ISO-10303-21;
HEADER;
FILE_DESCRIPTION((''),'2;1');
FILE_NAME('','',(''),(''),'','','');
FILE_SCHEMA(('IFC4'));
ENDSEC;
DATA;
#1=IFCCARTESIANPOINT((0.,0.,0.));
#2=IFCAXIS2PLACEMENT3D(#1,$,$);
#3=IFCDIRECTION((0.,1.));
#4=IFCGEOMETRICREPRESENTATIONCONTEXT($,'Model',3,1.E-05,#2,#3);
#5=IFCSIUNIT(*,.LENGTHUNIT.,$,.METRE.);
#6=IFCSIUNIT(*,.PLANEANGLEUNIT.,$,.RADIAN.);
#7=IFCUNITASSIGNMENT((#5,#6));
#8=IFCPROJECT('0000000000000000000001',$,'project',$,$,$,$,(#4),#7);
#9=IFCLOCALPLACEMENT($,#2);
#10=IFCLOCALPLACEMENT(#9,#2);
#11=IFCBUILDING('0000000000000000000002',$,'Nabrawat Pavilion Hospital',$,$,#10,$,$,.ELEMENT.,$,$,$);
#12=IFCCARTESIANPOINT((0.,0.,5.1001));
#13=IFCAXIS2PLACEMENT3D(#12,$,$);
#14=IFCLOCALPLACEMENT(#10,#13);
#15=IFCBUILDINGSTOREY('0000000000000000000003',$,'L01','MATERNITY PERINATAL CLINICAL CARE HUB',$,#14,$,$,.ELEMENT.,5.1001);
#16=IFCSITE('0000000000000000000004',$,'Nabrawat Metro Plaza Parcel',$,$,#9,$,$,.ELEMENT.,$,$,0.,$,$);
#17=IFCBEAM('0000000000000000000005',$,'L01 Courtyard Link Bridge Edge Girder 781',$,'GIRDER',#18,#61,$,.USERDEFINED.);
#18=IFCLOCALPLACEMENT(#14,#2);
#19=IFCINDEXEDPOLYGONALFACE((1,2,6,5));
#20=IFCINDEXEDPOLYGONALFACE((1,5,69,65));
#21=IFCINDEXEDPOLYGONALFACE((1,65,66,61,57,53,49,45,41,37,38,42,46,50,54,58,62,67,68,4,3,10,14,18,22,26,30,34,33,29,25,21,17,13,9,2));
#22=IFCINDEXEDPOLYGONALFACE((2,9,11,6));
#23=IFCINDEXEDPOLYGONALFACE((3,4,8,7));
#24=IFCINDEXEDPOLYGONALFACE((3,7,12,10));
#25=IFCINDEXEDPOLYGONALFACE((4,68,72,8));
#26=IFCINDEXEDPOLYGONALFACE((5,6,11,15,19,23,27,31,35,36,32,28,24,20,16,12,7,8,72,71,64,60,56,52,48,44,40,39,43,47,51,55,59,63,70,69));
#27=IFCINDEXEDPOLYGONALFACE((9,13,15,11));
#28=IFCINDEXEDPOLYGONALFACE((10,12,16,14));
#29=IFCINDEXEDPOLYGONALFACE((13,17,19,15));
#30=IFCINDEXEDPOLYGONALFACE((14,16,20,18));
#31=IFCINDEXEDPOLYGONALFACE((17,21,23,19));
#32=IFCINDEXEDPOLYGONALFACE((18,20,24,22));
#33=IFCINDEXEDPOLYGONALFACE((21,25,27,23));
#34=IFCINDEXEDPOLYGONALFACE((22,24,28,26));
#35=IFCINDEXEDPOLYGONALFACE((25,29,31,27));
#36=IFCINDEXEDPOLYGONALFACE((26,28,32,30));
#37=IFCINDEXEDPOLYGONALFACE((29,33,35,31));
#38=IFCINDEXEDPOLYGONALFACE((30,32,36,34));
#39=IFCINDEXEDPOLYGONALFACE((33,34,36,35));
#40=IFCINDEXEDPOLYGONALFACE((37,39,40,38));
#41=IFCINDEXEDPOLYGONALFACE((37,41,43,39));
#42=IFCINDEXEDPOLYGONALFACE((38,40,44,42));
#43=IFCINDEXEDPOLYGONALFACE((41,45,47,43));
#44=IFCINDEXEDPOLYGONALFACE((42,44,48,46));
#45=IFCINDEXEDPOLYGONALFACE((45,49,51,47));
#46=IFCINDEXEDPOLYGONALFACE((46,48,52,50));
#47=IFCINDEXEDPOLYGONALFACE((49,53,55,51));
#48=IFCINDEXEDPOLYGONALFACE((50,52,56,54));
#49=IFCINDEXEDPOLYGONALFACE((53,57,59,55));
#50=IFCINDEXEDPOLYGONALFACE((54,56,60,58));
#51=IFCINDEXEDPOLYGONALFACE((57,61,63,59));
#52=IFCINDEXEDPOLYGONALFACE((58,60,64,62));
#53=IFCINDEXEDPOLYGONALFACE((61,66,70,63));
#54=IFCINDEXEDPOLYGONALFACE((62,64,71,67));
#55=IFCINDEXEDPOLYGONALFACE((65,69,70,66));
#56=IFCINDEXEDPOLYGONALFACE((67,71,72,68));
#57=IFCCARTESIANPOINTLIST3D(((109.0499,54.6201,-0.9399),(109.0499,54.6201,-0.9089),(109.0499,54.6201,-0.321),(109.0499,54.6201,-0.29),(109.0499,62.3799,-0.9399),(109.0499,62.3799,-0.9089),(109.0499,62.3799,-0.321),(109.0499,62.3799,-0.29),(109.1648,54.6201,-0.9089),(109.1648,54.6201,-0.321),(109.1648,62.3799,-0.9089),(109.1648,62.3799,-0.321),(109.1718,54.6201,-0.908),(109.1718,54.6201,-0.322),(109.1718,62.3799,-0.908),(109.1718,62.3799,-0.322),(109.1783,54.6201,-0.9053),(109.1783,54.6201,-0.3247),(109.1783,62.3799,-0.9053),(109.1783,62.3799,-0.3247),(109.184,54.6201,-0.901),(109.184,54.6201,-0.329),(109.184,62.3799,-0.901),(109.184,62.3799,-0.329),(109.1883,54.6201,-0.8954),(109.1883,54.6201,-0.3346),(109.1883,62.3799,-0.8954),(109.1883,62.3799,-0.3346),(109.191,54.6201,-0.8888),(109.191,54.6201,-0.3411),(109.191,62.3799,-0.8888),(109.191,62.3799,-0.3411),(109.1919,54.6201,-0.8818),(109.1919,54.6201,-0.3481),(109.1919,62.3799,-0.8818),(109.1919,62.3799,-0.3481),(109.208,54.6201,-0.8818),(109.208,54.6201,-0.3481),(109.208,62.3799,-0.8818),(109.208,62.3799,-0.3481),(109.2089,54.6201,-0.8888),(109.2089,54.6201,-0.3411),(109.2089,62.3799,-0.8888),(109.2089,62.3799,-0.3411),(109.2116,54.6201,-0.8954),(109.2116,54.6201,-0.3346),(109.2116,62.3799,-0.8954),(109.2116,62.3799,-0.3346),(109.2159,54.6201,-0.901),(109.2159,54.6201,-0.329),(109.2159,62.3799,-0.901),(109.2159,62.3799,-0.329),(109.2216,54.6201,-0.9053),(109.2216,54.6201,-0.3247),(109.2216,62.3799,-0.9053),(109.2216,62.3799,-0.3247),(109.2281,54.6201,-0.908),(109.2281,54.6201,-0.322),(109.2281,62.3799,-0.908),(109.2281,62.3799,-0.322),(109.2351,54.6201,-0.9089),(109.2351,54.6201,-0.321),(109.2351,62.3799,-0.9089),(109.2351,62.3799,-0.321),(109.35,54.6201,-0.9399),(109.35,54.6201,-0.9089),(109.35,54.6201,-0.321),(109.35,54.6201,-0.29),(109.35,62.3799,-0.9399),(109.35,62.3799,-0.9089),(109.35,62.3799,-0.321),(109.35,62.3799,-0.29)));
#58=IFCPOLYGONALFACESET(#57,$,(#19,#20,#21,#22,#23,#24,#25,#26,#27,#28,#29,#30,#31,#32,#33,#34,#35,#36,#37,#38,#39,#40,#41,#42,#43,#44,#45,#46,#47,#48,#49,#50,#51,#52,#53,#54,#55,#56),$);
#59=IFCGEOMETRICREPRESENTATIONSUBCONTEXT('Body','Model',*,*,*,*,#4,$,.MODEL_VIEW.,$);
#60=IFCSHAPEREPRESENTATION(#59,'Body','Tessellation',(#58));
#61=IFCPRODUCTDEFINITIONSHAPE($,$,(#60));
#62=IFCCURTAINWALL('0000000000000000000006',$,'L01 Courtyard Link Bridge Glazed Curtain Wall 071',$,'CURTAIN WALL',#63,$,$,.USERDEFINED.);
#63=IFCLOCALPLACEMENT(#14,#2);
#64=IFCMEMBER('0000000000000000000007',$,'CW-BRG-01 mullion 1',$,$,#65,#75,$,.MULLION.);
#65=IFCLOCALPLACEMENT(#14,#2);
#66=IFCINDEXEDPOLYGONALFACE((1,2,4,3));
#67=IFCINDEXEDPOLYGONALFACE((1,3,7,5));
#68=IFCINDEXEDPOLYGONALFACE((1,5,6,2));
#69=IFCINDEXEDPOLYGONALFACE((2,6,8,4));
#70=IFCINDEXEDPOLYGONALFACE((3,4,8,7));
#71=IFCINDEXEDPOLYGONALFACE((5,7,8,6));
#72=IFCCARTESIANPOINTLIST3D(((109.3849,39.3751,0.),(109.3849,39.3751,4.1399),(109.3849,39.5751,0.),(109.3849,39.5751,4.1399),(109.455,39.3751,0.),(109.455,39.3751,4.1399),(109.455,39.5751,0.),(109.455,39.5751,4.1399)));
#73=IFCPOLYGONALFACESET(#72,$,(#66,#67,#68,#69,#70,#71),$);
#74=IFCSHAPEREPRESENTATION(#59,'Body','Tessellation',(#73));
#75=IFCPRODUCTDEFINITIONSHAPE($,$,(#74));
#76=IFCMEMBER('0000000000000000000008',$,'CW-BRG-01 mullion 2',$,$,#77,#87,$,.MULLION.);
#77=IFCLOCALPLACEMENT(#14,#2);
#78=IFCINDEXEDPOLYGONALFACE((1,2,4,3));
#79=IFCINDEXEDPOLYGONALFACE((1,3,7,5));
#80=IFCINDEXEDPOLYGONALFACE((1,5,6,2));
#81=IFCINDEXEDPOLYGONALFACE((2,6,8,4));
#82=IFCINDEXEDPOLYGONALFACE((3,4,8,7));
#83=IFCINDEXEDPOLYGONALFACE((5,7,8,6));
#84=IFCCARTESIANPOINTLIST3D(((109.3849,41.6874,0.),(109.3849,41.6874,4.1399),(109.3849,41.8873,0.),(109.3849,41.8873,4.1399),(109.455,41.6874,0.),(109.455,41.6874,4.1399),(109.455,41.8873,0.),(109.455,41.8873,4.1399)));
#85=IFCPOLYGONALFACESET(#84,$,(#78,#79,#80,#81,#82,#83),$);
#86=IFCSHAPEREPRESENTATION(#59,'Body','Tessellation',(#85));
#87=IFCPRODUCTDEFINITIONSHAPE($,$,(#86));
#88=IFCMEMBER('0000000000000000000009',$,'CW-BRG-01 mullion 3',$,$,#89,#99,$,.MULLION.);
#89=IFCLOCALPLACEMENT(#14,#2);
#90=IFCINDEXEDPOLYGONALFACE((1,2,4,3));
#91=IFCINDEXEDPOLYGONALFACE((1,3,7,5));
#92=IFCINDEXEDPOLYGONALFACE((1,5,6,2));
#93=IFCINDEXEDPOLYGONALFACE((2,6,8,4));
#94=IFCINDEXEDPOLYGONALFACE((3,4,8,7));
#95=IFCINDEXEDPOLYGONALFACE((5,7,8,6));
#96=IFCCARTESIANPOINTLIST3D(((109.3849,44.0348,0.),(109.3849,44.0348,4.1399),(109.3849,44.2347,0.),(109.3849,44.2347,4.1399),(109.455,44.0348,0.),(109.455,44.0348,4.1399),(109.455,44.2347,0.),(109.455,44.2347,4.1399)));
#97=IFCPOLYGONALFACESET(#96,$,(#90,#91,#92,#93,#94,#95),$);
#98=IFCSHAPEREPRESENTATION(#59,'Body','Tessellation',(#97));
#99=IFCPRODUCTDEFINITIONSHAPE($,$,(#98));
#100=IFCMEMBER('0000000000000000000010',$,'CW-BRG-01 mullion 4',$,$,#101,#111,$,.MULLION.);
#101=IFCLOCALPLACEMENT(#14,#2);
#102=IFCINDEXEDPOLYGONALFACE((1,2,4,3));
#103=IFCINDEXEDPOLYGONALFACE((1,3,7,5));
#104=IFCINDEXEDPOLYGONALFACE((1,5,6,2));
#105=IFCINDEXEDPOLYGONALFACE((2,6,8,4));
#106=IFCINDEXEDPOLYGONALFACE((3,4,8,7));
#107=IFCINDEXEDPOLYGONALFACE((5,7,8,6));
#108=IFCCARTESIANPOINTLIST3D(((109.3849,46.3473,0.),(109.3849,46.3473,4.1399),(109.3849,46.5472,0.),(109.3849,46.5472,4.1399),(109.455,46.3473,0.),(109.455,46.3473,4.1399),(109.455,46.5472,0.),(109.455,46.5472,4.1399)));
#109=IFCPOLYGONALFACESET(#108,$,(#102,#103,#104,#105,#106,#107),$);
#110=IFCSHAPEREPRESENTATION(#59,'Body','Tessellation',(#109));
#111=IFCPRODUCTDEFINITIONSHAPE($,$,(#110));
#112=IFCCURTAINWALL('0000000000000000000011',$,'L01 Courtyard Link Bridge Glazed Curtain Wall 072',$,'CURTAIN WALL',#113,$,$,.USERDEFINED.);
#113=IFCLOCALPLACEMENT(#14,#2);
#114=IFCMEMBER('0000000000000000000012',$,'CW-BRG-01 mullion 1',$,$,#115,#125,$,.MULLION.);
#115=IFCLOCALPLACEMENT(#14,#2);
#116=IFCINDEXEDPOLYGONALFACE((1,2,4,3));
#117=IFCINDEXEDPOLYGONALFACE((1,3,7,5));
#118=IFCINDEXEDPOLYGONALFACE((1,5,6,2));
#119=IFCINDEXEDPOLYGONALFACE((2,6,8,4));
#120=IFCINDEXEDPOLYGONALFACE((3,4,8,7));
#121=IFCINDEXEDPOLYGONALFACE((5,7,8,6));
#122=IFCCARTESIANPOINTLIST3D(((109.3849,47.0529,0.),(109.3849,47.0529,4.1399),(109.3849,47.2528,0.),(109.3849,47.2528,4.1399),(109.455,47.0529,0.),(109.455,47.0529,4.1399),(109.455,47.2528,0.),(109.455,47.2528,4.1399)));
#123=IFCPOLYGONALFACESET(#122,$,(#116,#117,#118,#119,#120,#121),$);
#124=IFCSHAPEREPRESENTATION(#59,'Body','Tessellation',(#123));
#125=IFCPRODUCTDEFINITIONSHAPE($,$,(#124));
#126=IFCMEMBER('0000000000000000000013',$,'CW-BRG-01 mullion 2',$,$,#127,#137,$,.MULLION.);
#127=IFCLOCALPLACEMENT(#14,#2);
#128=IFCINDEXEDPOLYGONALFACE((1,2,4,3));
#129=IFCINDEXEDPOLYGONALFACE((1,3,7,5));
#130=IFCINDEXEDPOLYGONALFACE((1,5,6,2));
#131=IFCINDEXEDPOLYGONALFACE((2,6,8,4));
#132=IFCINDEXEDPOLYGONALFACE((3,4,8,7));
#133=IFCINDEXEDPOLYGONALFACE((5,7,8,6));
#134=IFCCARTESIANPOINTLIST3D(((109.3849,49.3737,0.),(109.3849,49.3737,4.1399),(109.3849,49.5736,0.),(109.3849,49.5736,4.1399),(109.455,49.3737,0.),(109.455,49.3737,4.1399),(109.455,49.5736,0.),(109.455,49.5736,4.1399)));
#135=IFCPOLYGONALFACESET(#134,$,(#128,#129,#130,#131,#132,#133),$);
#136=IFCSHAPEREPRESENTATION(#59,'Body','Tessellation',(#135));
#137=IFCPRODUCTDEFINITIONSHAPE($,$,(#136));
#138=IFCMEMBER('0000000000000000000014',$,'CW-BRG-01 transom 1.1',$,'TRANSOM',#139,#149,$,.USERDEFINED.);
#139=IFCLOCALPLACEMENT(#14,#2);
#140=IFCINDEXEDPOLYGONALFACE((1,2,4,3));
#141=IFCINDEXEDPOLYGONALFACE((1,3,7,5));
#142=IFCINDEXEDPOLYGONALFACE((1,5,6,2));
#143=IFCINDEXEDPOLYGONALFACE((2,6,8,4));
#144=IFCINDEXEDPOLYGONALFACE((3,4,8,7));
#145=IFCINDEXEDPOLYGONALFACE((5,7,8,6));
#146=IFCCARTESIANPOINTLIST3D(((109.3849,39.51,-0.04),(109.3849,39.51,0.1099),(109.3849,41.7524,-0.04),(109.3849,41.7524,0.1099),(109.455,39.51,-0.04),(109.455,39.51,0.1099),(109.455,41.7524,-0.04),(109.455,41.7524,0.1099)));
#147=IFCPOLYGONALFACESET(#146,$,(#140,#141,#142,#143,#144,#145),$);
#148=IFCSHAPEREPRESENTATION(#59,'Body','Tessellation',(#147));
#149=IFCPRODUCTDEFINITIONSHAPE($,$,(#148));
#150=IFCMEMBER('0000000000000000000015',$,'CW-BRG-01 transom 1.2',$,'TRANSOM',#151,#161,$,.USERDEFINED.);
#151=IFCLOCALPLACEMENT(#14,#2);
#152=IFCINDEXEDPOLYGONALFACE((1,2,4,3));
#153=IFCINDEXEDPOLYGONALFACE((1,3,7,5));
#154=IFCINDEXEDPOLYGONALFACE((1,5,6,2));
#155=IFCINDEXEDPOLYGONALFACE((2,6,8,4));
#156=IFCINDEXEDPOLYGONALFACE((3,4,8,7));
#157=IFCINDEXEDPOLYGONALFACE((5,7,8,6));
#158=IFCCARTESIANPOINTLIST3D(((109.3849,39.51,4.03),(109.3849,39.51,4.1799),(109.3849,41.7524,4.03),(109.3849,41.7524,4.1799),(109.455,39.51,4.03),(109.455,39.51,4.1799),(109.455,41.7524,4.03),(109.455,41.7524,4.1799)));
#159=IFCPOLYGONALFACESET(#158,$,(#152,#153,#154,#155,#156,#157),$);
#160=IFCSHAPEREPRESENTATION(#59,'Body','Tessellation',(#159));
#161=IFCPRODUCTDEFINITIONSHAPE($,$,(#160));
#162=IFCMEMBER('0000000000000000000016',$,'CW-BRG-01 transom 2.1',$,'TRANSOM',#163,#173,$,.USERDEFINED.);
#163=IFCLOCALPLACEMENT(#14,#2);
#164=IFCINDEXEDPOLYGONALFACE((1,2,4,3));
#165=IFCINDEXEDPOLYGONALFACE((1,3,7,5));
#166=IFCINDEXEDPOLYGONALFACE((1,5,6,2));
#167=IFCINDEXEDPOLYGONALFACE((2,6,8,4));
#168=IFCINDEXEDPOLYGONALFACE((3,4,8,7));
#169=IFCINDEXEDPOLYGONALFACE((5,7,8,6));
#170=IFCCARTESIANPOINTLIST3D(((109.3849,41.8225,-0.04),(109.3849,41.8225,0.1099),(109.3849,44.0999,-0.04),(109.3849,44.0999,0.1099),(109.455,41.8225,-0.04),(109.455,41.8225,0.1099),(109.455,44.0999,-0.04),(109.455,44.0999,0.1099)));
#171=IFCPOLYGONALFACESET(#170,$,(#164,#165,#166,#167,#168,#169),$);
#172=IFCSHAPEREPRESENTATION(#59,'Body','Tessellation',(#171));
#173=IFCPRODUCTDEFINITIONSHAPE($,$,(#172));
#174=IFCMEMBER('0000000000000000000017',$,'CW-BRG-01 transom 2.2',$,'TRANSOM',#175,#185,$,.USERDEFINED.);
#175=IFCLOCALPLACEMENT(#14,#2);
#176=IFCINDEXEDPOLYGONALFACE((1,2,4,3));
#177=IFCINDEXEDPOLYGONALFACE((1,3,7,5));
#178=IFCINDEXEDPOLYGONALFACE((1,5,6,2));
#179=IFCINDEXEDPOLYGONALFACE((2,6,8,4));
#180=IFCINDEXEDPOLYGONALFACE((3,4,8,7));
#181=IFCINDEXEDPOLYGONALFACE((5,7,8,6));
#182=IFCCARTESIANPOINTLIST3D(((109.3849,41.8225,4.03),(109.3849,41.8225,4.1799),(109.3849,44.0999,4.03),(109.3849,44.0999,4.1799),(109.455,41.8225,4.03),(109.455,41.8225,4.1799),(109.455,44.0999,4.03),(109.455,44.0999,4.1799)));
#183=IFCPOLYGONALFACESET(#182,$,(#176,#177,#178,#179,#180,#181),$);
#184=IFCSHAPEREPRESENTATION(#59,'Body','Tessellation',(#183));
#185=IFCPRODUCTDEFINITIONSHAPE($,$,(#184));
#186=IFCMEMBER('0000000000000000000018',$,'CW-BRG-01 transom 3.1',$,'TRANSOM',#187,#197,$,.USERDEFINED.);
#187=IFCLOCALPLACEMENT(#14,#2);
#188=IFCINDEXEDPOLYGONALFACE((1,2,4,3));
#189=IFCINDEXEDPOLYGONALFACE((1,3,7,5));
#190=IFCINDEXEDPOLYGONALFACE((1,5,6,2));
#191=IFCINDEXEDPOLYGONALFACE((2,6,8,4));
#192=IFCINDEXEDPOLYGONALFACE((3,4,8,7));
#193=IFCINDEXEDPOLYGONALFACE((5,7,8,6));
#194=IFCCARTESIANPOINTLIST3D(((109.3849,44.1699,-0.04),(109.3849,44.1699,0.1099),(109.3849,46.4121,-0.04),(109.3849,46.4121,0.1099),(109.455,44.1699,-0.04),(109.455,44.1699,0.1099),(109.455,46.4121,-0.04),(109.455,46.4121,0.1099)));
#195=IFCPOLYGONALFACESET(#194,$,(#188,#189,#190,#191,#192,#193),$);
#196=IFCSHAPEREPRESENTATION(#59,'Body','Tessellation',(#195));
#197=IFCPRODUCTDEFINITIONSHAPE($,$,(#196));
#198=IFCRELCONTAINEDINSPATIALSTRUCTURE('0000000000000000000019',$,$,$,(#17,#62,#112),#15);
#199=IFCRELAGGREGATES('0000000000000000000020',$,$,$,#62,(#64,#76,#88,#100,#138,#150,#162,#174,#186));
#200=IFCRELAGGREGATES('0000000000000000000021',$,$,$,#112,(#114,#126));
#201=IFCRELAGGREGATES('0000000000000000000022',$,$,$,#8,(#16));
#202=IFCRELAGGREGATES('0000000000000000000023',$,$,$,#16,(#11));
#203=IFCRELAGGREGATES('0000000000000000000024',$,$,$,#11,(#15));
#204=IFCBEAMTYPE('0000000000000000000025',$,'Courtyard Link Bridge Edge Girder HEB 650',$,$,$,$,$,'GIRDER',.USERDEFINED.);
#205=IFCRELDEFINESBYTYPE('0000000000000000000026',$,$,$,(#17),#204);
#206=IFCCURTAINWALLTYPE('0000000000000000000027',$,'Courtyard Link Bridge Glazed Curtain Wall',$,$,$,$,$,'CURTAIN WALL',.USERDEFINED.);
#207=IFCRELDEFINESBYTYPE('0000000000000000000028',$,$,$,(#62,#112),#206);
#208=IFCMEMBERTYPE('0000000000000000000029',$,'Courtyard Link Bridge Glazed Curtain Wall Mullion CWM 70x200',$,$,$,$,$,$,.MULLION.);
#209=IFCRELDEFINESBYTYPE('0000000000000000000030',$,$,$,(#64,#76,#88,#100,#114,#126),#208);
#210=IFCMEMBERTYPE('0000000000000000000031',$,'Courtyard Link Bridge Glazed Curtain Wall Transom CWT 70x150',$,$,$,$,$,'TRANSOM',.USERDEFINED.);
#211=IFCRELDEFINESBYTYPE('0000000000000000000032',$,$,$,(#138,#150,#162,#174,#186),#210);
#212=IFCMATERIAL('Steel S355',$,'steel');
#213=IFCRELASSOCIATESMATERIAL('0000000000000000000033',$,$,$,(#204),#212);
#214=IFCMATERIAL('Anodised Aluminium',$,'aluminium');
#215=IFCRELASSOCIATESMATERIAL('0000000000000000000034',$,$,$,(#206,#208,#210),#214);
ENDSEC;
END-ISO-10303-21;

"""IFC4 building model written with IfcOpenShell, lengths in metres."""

from ifc_helpers import new_model, si_unit, direction, frame, origin, origin_2d, place, context, subcontext, project, spatial, rectangle, i_section, extrude, material, material_profile, profile_set, type_object, element, aggregate, save


model = new_model("IFC4")

# Units and contexts
model_context = context("Model", 3, precision=1e-05, world=origin(), true_north=direction((0.0, 1.0)))
body_context = subcontext(model_context, "Body", "Model", "MODEL_VIEW")
ifc_project = project(units=[si_unit("LENGTHUNIT", "METRE"), si_unit("PLANEANGLEUNIT", "RADIAN")], contexts=[model_context])

# Site, building, storey
site_placement = place(None, origin())
site = spatial("IfcSite", under=ifc_project, at=site_placement, Name="Nabrawat Metro Plaza Parcel", CompositionType="ELEMENT", RefElevation=0.0)
building_placement = place(site_placement, origin())
building = spatial("IfcBuilding", under=site, at=building_placement, Name="Nabrawat Pavilion Hospital", CompositionType="ELEMENT")
storey_placement = place(building_placement, frame((0.0, 0.0, 5.1001)))
storey = spatial("IfcBuildingStorey", under=building, at=storey_placement, Name="L01", Description="MATERNITY PERINATAL CLINICAL CARE HUB", CompositionType="ELEMENT", Elevation=5.1001)

# Shared definitions
ifc_material_1 = material(Name="Steel S355", Category="steel")

# Beam
ifc_material_profile_1 = material_profile(ifc_material_1, i_section(OverallWidth=0.3, OverallDepth=0.6499, WebThickness=0.0161, FlangeThickness=0.031, FilletRadius=0.0271, at=origin_2d()), Name="HEB 650")
ifc_profile_set_1 = profile_set([ifc_material_profile_1], Name="Steel S355")
beam_type_1 = type_object("IfcBeamType", Name="Courtyard Link Bridge Edge Girder HEB 650", ElementType="GIRDER", PredefinedType="USERDEFINED", material=ifc_profile_set_1)
beam_1_placement = place(storey_placement, frame((109.2, 54.6201, -0.615), z_axis=(0.0, 1.0, 0.0), x_axis=(-1.0, 0.0, 0.0)))
element("IfcBeam", 1, at=beam_1_placement, inside=storey, type_object=beam_type_1, Name="L01 Courtyard Link Bridge Edge Girder 781", ObjectType="GIRDER", PredefinedType="USERDEFINED", context=body_context, shape_type="SweptSolid", body=[
    extrude(i_section(OverallWidth=0.3, OverallDepth=0.6499, WebThickness=0.0161, FlangeThickness=0.031, FilletRadius=0.0271, at=origin_2d()), origin(), (0.0, 0.0, 1.0), 7.7598),
])

# Curtain walls, members
ifc_material_2 = material(Name="Anodised Aluminium", Category="aluminium")
curtain_wall_type = type_object("IfcCurtainWallType", Name="Courtyard Link Bridge Glazed Curtain Wall", ElementType="CURTAIN WALL", PredefinedType="USERDEFINED", material=ifc_material_2)
curtain_wall_1_placement = place(storey_placement, origin())
curtain_wall_1 = element("IfcCurtainWall", 2, at=curtain_wall_1_placement, inside=storey, type_object=curtain_wall_type, Name="L01 Courtyard Link Bridge Glazed Curtain Wall 071", ObjectType="CURTAIN WALL", PredefinedType="USERDEFINED")
ifc_material_profile_2 = material_profile(ifc_material_2, rectangle(XDim=0.0701, YDim=0.2, at=origin_2d()), Name="CWM 70x200")
ifc_profile_set_2 = profile_set([ifc_material_profile_2], Name="Anodised Aluminium")
member_type_1 = type_object("IfcMemberType", Name="Courtyard Link Bridge Glazed Curtain Wall Mullion CWM 70x200", PredefinedType="MULLION", material=ifc_profile_set_2)
member_1_placement = place(storey_placement, frame((109.4199, 39.4751, 0.0), z_axis=(0.0, 0.0, 1.0), x_axis=(-1.0, 0.0, 0.0)))
member_1 = element("IfcMember", 3, at=member_1_placement, type_object=member_type_1, Name="CW-BRG-01 mullion 1", PredefinedType="MULLION", context=body_context, shape_type="SweptSolid", body=[
    extrude(rectangle(XDim=0.0701, YDim=0.2, at=origin_2d()), origin(), (0.0, 0.0, 1.0), 4.1399),
])
member_2_placement = place(storey_placement, frame((109.4199, 41.7874, 0.0), z_axis=(0.0, 0.0, 1.0), x_axis=(-1.0, 0.0, 0.0)))
member_2 = element("IfcMember", 4, at=member_2_placement, type_object=member_type_1, Name="CW-BRG-01 mullion 2", PredefinedType="MULLION", context=body_context, shape_type="SweptSolid", body=[
    extrude(rectangle(XDim=0.0701, YDim=0.2, at=origin_2d()), origin(), (0.0, 0.0, 1.0), 4.1399),
])
member_3_placement = place(storey_placement, frame((109.4199, 44.1348, 0.0), z_axis=(0.0, 0.0, 1.0), x_axis=(-1.0, 0.0, 0.0)))
member_3 = element("IfcMember", 5, at=member_3_placement, type_object=member_type_1, Name="CW-BRG-01 mullion 3", PredefinedType="MULLION", context=body_context, shape_type="SweptSolid", body=[
    extrude(rectangle(XDim=0.0701, YDim=0.2, at=origin_2d()), origin(), (0.0, 0.0, 1.0), 4.1399),
])
member_4_placement = place(storey_placement, frame((109.4199, 46.4473, 0.0), z_axis=(0.0, 0.0, 1.0), x_axis=(-1.0, 0.0, 0.0)))
member_4 = element("IfcMember", 6, at=member_4_placement, type_object=member_type_1, Name="CW-BRG-01 mullion 4", PredefinedType="MULLION", context=body_context, shape_type="SweptSolid", body=[
    extrude(rectangle(XDim=0.0701, YDim=0.2, at=origin_2d()), origin(), (0.0, 0.0, 1.0), 4.1399),
])
curtain_wall_2_placement = place(storey_placement, origin())
curtain_wall_2 = element("IfcCurtainWall", 7, at=curtain_wall_2_placement, inside=storey, type_object=curtain_wall_type, Name="L01 Courtyard Link Bridge Glazed Curtain Wall 072", ObjectType="CURTAIN WALL", PredefinedType="USERDEFINED")
member_5_placement = place(storey_placement, frame((109.4199, 47.1528, 0.0), z_axis=(0.0, 0.0, 1.0), x_axis=(-1.0, 0.0, 0.0)))
member_5 = element("IfcMember", 8, at=member_5_placement, type_object=member_type_1, Name="CW-BRG-01 mullion 1", PredefinedType="MULLION", context=body_context, shape_type="SweptSolid", body=[
    extrude(rectangle(XDim=0.0701, YDim=0.2, at=origin_2d()), origin(), (0.0, 0.0, 1.0), 4.1399),
])
member_6_placement = place(storey_placement, frame((109.4199, 49.4736, 0.0), z_axis=(0.0, 0.0, 1.0), x_axis=(-1.0, 0.0, 0.0)))
member_6 = element("IfcMember", 9, at=member_6_placement, type_object=member_type_1, Name="CW-BRG-01 mullion 2", PredefinedType="MULLION", context=body_context, shape_type="SweptSolid", body=[
    extrude(rectangle(XDim=0.0701, YDim=0.2, at=origin_2d()), origin(), (0.0, 0.0, 1.0), 4.1399),
])

# Members
ifc_material_profile_3 = material_profile(ifc_material_2, rectangle(XDim=0.0701, YDim=0.1499, at=origin_2d()), Name="CWT 70x150")
ifc_profile_set_3 = profile_set([ifc_material_profile_3], Name="Anodised Aluminium")
member_type_2 = type_object("IfcMemberType", Name="Courtyard Link Bridge Glazed Curtain Wall Transom CWT 70x150", ElementType="TRANSOM", PredefinedType="USERDEFINED", material=ifc_profile_set_3)
member_7_placement = place(storey_placement, frame((109.4199, 39.51, 0.0349), z_axis=(0.0, 1.0, 0.0), x_axis=(-1.0, 0.0, 0.0)))
member_7 = element("IfcMember", 10, at=member_7_placement, type_object=member_type_2, Name="CW-BRG-01 transom 1.1", ObjectType="TRANSOM", PredefinedType="USERDEFINED", context=body_context, shape_type="SweptSolid", body=[
    extrude(rectangle(XDim=0.0701, YDim=0.1499, at=origin_2d()), origin(), (0.0, 0.0, 1.0), 2.2424),
])
member_8_placement = place(storey_placement, frame((109.4199, 39.51, 4.105), z_axis=(0.0, 1.0, 0.0), x_axis=(-1.0, 0.0, 0.0)))
member_8 = element("IfcMember", 11, at=member_8_placement, type_object=member_type_2, Name="CW-BRG-01 transom 1.2", ObjectType="TRANSOM", PredefinedType="USERDEFINED", context=body_context, shape_type="SweptSolid", body=[
    extrude(rectangle(XDim=0.0701, YDim=0.1499, at=origin_2d()), origin(), (0.0, 0.0, 1.0), 2.2424),
])
member_9_placement = place(storey_placement, frame((109.4199, 41.8225, 0.0349), z_axis=(0.0, 1.0, 0.0), x_axis=(-1.0, 0.0, 0.0)))
member_9 = element("IfcMember", 12, at=member_9_placement, type_object=member_type_2, Name="CW-BRG-01 transom 2.1", ObjectType="TRANSOM", PredefinedType="USERDEFINED", context=body_context, shape_type="SweptSolid", body=[
    extrude(rectangle(XDim=0.0701, YDim=0.1499, at=origin_2d()), origin(), (0.0, 0.0, 1.0), 2.2773),
])
member_10_placement = place(storey_placement, frame((109.4199, 41.8225, 4.105), z_axis=(0.0, 1.0, 0.0), x_axis=(-1.0, 0.0, 0.0)))
member_10 = element("IfcMember", 13, at=member_10_placement, type_object=member_type_2, Name="CW-BRG-01 transom 2.2", ObjectType="TRANSOM", PredefinedType="USERDEFINED", context=body_context, shape_type="SweptSolid", body=[
    extrude(rectangle(XDim=0.0701, YDim=0.1499, at=origin_2d()), origin(), (0.0, 0.0, 1.0), 2.2773),
])
member_11_placement = place(storey_placement, frame((109.4199, 44.1699, 0.0349), z_axis=(0.0, 1.0, 0.0), x_axis=(-1.0, 0.0, 0.0)))
member_11 = element("IfcMember", 14, at=member_11_placement, type_object=member_type_2, Name="CW-BRG-01 transom 3.1", ObjectType="TRANSOM", PredefinedType="USERDEFINED", context=body_context, shape_type="SweptSolid", body=[
    extrude(rectangle(XDim=0.0701, YDim=0.1499, at=origin_2d()), origin(), (0.0, 0.0, 1.0), 2.2422),
])

aggregate(curtain_wall_1, [member_1, member_2, member_3, member_4, member_7, member_8, member_9, member_10, member_11])
aggregate(curtain_wall_2, [member_5, member_6])

save(model, "model.ifc")
